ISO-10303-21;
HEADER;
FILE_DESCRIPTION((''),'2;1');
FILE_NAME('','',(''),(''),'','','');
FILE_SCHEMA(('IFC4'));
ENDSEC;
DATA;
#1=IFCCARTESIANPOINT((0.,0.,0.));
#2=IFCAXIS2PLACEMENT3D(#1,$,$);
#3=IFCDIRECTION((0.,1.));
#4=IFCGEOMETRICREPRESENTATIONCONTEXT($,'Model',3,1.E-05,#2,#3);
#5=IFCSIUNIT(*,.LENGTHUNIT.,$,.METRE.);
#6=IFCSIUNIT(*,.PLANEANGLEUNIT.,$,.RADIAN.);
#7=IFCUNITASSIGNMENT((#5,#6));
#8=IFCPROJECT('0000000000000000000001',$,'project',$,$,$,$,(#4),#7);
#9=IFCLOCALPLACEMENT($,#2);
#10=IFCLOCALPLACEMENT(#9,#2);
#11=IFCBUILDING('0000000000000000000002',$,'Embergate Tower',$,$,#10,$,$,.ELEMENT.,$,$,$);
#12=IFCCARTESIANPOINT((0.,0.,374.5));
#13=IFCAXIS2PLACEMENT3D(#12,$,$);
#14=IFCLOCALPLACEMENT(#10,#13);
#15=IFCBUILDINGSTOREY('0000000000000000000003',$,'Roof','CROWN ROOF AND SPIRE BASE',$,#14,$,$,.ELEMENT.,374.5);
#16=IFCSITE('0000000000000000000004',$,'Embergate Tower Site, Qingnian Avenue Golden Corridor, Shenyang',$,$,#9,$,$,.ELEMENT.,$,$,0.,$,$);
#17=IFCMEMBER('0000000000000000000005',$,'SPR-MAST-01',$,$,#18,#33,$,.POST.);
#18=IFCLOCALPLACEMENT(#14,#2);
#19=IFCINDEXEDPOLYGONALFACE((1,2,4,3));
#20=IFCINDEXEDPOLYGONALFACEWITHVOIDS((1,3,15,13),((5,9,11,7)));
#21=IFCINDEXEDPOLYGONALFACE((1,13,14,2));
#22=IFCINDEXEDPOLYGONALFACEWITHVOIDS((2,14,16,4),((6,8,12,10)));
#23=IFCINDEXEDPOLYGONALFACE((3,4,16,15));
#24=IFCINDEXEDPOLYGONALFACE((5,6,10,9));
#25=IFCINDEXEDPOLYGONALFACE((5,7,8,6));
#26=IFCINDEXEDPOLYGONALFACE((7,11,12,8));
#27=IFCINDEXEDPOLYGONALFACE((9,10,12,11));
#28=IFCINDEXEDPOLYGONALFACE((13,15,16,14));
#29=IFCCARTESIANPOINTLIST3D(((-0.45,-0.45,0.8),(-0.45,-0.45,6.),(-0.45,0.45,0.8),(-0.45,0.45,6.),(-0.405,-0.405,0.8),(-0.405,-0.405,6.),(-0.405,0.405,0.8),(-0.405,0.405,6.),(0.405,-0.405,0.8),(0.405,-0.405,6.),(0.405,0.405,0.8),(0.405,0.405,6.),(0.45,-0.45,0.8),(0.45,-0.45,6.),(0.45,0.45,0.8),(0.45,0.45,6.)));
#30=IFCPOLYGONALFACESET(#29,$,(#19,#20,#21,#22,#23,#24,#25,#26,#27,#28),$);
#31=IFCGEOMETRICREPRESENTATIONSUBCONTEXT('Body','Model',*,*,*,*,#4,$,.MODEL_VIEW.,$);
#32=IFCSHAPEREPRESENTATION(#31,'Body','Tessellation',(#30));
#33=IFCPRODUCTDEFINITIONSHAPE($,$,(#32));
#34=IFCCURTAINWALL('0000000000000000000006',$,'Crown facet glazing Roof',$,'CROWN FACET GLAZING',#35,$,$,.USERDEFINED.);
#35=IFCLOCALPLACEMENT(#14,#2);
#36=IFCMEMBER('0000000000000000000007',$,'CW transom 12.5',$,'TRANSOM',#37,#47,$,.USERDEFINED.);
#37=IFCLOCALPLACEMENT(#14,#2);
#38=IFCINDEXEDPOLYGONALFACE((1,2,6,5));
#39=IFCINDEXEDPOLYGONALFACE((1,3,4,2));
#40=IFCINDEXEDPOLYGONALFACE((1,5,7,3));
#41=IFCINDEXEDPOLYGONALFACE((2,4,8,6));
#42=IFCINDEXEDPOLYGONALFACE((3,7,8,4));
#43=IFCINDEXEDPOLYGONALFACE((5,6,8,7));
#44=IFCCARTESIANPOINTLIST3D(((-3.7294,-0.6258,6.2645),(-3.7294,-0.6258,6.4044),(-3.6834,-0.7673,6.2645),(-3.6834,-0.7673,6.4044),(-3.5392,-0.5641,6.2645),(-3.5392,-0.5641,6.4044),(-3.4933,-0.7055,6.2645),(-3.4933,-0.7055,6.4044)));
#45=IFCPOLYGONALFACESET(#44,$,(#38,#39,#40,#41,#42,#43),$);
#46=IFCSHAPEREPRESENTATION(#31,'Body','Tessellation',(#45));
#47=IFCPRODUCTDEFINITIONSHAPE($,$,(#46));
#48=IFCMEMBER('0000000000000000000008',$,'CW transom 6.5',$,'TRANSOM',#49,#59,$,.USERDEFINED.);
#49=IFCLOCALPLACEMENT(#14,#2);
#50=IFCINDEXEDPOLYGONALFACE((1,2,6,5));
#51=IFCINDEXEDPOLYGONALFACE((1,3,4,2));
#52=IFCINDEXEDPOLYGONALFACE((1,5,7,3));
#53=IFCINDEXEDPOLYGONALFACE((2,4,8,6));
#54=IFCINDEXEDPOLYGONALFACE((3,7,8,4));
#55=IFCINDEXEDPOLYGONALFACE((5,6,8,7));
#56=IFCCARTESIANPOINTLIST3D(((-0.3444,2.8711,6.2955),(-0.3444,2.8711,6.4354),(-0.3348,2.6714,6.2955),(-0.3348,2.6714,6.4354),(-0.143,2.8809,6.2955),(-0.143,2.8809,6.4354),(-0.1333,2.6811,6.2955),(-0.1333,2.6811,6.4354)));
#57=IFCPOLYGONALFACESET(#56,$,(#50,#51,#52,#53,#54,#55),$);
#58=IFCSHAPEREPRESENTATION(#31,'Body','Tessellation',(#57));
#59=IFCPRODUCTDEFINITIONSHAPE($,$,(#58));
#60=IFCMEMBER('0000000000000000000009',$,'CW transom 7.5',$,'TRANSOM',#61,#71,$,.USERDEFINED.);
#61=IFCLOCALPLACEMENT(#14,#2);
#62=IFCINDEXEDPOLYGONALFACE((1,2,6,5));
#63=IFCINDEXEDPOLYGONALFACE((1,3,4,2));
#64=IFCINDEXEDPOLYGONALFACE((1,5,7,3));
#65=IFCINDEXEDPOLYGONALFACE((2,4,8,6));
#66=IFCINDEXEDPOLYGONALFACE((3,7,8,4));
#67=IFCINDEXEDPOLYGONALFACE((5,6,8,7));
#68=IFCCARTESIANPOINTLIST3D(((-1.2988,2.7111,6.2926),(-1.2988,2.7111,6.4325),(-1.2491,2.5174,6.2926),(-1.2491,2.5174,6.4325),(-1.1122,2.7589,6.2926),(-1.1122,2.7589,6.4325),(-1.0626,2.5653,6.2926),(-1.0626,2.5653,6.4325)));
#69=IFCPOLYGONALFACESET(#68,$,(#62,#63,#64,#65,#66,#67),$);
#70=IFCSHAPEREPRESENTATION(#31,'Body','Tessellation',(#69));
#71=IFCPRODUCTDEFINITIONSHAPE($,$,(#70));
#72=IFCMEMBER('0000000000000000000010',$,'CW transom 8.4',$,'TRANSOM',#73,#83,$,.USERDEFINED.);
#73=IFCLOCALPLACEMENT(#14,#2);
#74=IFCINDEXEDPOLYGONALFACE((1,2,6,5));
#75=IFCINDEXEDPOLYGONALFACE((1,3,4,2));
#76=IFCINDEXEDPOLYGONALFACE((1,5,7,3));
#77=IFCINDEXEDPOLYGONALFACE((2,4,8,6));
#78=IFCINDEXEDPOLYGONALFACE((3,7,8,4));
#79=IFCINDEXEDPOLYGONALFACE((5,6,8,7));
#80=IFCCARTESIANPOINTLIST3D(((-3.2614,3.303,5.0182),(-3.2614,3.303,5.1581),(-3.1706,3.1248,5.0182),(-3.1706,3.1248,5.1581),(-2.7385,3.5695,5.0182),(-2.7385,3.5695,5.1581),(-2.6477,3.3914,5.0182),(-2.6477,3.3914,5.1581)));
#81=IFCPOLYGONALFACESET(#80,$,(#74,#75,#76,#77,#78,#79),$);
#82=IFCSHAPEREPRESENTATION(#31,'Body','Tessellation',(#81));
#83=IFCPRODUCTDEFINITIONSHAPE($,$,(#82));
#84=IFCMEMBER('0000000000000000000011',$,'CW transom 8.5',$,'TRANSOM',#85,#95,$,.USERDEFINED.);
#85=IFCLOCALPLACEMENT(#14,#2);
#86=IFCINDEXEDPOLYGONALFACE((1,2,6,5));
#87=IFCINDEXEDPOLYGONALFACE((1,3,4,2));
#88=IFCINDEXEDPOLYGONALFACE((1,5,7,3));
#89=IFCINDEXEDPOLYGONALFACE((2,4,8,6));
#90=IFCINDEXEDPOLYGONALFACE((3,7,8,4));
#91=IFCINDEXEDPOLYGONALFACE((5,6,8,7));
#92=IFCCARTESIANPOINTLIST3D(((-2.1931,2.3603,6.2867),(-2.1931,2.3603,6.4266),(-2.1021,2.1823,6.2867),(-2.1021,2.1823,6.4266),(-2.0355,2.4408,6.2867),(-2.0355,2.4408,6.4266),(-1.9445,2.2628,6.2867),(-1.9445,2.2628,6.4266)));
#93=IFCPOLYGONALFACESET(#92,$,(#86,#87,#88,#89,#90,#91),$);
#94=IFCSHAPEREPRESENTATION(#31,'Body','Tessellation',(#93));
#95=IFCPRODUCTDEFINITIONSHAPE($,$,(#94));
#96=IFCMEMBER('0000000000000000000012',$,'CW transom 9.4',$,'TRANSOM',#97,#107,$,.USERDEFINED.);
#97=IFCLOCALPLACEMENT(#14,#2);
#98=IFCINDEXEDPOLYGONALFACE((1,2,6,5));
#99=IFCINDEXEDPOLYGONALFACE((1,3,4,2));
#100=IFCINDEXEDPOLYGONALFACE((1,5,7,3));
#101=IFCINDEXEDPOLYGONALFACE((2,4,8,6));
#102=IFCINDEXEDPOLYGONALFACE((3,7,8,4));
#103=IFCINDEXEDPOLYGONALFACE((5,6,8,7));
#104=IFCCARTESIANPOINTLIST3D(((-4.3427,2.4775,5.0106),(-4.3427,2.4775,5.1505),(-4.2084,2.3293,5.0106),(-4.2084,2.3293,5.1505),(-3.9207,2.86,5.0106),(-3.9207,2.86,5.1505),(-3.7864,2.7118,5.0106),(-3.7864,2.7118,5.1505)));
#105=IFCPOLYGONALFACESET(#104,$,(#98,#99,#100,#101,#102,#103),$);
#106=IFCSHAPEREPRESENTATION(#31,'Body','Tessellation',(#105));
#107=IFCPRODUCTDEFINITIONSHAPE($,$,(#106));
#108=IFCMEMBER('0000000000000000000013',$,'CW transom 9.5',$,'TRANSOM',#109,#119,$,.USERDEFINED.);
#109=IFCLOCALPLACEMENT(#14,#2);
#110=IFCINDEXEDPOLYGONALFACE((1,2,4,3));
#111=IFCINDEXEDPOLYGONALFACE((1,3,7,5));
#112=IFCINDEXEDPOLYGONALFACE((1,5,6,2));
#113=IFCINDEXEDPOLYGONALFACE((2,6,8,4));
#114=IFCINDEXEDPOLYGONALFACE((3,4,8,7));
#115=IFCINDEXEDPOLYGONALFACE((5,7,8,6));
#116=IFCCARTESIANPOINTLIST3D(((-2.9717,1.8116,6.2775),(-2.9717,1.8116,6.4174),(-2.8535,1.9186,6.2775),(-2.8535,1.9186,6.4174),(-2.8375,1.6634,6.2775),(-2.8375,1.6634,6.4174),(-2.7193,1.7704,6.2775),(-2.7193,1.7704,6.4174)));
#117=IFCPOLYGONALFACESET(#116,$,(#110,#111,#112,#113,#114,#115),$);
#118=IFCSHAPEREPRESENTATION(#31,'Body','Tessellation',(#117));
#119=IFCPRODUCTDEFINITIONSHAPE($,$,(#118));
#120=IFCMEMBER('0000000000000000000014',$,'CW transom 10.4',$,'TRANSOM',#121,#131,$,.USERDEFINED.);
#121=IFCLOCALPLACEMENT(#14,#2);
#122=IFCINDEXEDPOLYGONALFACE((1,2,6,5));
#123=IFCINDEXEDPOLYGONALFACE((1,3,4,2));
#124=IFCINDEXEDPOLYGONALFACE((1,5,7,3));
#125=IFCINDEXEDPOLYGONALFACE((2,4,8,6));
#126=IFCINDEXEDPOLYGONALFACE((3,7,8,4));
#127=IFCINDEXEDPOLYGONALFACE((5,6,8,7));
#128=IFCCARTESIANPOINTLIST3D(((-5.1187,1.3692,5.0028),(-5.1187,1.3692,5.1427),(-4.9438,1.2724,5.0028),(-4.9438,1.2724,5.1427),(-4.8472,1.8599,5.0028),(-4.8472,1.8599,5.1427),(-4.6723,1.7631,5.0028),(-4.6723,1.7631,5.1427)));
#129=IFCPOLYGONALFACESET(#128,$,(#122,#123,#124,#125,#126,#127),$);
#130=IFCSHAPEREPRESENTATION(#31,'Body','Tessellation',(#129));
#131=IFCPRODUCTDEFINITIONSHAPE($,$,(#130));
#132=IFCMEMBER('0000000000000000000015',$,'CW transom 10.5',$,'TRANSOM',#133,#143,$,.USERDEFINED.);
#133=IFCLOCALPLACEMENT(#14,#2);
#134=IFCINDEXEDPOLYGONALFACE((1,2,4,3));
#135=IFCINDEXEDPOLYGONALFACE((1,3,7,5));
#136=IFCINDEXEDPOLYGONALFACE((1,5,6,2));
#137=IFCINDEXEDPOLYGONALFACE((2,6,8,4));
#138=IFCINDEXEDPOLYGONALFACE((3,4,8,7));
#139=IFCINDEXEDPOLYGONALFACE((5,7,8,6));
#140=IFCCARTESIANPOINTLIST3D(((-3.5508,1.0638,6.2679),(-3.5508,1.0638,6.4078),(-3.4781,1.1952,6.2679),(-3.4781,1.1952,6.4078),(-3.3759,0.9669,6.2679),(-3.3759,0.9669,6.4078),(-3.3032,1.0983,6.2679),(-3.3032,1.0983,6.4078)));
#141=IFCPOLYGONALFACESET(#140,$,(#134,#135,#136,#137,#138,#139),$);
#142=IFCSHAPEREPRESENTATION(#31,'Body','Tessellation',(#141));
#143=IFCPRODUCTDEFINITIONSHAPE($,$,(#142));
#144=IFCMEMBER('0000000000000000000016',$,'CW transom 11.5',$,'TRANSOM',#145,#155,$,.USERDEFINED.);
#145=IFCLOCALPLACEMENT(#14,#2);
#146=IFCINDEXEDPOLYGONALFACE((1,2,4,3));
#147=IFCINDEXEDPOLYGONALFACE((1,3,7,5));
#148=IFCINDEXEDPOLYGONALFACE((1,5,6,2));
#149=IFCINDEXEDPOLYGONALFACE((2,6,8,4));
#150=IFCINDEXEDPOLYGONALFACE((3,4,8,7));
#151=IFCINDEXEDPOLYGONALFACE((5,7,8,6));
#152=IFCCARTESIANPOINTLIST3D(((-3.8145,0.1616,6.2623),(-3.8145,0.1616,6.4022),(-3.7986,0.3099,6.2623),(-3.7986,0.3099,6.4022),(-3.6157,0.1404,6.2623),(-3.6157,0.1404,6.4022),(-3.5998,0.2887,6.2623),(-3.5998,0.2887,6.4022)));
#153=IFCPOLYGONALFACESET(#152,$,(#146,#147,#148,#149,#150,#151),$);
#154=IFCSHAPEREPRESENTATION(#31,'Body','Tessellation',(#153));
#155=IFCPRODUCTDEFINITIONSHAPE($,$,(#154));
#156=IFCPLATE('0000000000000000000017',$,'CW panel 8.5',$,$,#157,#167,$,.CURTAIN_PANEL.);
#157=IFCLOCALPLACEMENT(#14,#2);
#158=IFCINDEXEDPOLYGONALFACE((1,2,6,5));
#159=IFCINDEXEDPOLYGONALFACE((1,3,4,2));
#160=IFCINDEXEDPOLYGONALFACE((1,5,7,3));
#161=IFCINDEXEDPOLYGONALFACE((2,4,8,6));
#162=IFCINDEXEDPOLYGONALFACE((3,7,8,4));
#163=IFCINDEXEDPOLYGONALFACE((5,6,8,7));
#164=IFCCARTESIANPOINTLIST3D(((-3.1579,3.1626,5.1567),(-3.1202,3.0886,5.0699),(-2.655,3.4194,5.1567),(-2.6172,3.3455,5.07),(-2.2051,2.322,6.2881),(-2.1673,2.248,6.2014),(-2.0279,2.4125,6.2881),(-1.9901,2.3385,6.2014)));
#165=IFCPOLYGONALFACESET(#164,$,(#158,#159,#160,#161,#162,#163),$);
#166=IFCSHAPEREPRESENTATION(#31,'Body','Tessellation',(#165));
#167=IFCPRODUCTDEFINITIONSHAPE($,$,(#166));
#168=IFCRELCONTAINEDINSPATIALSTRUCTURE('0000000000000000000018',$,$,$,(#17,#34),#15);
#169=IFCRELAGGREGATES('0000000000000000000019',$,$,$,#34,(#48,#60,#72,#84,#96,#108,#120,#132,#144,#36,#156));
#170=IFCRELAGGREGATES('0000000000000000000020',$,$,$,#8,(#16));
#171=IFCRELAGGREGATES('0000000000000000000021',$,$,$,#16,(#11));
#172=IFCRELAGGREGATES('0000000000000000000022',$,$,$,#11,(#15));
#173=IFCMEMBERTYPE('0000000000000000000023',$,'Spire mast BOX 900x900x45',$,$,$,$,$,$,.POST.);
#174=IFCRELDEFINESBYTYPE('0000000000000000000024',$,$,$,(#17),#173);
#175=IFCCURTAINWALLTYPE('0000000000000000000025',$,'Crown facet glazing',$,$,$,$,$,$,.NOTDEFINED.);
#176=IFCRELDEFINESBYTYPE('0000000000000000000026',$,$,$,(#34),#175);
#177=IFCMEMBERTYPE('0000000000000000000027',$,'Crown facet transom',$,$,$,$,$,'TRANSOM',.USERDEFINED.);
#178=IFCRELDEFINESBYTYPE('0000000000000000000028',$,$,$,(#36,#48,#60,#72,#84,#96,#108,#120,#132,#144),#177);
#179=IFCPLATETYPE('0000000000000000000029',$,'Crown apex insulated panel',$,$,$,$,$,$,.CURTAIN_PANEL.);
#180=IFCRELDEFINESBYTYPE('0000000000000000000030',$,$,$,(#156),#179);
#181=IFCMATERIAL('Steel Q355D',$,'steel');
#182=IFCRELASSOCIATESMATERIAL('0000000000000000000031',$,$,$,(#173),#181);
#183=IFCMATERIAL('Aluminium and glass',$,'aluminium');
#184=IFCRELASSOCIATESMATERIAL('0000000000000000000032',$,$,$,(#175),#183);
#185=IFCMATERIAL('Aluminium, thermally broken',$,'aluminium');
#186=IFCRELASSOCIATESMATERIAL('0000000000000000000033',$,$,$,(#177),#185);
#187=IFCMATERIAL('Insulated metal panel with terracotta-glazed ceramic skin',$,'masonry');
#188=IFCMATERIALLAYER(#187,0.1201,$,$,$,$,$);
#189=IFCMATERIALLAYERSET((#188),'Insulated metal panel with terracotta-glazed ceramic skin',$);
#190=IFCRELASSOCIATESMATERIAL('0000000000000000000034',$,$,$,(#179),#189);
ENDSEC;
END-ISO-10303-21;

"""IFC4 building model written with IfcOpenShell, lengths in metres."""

from ifc_helpers import new_model, si_unit, direction, frame, origin, origin_2d, place, context, subcontext, project, spatial, polyline, rectangle, hollow_rectangle, outline, extrude, source, transform, mapped, material, layer, layer_set, material_profile, profile_set, type_object, element, aggregate, save


model = new_model("IFC4")

# Units and contexts
model_context = context("Model", 3, precision=1e-05, world=origin(), true_north=direction((0.0, 1.0)))
body_context = subcontext(model_context, "Body", "Model", "MODEL_VIEW")
ifc_project = project(units=[si_unit("LENGTHUNIT", "METRE"), si_unit("PLANEANGLEUNIT", "RADIAN")], contexts=[model_context])

# Site, building, storey
site_placement = place(None, origin())
site = spatial("IfcSite", under=ifc_project, at=site_placement, Name="Embergate Tower Site, Qingnian Avenue Golden Corridor, Shenyang", CompositionType="ELEMENT", RefElevation=0.0)
building_placement = place(site_placement, origin())
building = spatial("IfcBuilding", under=site, at=building_placement, Name="Embergate Tower", CompositionType="ELEMENT")
storey_placement = place(building_placement, frame((0.0, 0.0, 374.5)))
storey = spatial("IfcBuildingStorey", under=building, at=storey_placement, Name="Roof", Description="CROWN ROOF AND SPIRE BASE", CompositionType="ELEMENT", Elevation=374.5)

# Member
ifc_material_1 = material(Name="Steel Q355D", Category="steel")
ifc_material_profile_1 = material_profile(ifc_material_1, hollow_rectangle(XDim=0.8999, YDim=0.8999, WallThickness=0.0449, at=origin_2d()), Name="BOX 900x900x45")
ifc_profile_set_1 = profile_set([ifc_material_profile_1], Name="Steel Q355 grade D")
member_type_1 = type_object("IfcMemberType", Name="Spire mast BOX 900x900x45", PredefinedType="POST", material=ifc_profile_set_1)
shared_shape_1 = source(origin(), body_context, "Body", "SweptSolid", [
    extrude(hollow_rectangle(XDim=0.8999, YDim=0.8999, WallThickness=0.0449, at=origin_2d()), origin(), (0.0, 0.0, 1.0), 5.2),
])
member_1_placement = place(storey_placement, frame((0.0, 0.0, 0.8), z_axis=(0.0, 0.0, 1.0), x_axis=(1.0, 0.0, 0.0)))
element("IfcMember", 1, at=member_1_placement, inside=storey, type_object=member_type_1, Name="SPR-MAST-01", PredefinedType="POST", context=body_context, shape_type="MappedRepresentation", body=[
    mapped(shared_shape_1, transform((0.0, 0.0, 0.0))),
])

# Curtain wall, members, plate
ifc_material_2 = material(Name="Aluminium and glass", Category="aluminium")
curtain_wall_type = type_object("IfcCurtainWallType", Name="Crown facet glazing", PredefinedType="NOTDEFINED", material=ifc_material_2)
curtain_wall_placement = place(storey_placement, origin())
curtain_wall = element("IfcCurtainWall", 2, at=curtain_wall_placement, inside=storey, type_object=curtain_wall_type, Name="Crown facet glazing Roof", ObjectType="CROWN FACET GLAZING", PredefinedType="USERDEFINED")
ifc_material_3 = material(Name="Aluminium, thermally broken", Category="aluminium")
ifc_material_profile_2 = material_profile(ifc_material_3, rectangle(XDim=0.2, YDim=0.1399, at=origin_2d()), Name="AL 140x200")
ifc_profile_set_2 = profile_set([ifc_material_profile_2], Name="Aluminium, thermally broken")
member_type_2 = type_object("IfcMemberType", Name="Crown facet transom", ElementType="TRANSOM", PredefinedType="USERDEFINED", material=ifc_profile_set_2)
shared_shape_2 = source(origin(), body_context, "Body", "SweptSolid", [
    extrude(rectangle(XDim=0.2, YDim=0.1399, at=origin_2d()), origin(), (0.0, 0.0, 1.0), 0.1487),
])
member_2_placement = place(storey_placement, frame((-3.6343, -0.595, 6.3345), z_axis=(0.308826, -0.951119, 0.0), x_axis=(0.951119, 0.308826, 0.0)))
member_2 = element("IfcMember", 3, at=member_2_placement, type_object=member_type_2, Name="CW transom 12.5", ObjectType="TRANSOM", PredefinedType="USERDEFINED", context=body_context, shape_type="MappedRepresentation", body=[
    mapped(shared_shape_2, transform((0.0, 0.0, 0.0))),
])
shared_shape_3 = source(origin(), body_context, "Body", "SweptSolid", [
    extrude(rectangle(XDim=0.2, YDim=0.1399, at=origin_2d()), origin(), (0.0, 0.0, 1.0), 0.2017),
])
member_3_placement = place(storey_placement, frame((-0.1382, 2.781, 6.3655), z_axis=(-0.998827, -0.048428, 0.0), x_axis=(0.048428, -0.998827, 0.0)))
member_3 = element("IfcMember", 4, at=member_3_placement, type_object=member_type_2, Name="CW transom 6.5", ObjectType="TRANSOM", PredefinedType="USERDEFINED", context=body_context, shape_type="MappedRepresentation", body=[
    mapped(shared_shape_3, transform((0.0, 0.0, 0.0))),
])
shared_shape_4 = source(origin(), body_context, "Body", "SweptSolid", [
    extrude(rectangle(XDim=0.2, YDim=0.1399, at=origin_2d()), origin(), (0.0, 0.0, 1.0), 0.1926),
])
member_4_placement = place(storey_placement, frame((-1.0874, 2.6621, 6.3625), z_axis=(-0.968633, -0.248497, 0.0), x_axis=(0.248497, -0.968633, 0.0)))
member_4 = element("IfcMember", 5, at=member_4_placement, type_object=member_type_2, Name="CW transom 7.5", ObjectType="TRANSOM", PredefinedType="USERDEFINED", context=body_context, shape_type="MappedRepresentation", body=[
    mapped(shared_shape_4, transform((0.0, 0.0, 0.0))),
])
shared_shape_5 = source(origin(), body_context, "Body", "SweptSolid", [
    extrude(rectangle(XDim=0.2, YDim=0.1399, at=origin_2d()), origin(), (0.0, 0.0, 1.0), 0.5869),
])
member_5_placement = place(storey_placement, frame((-2.6931, 3.4805, 5.0881), z_axis=(-0.890906, -0.454187, 0.0), x_axis=(0.454187, -0.890906, 0.0)))
member_5 = element("IfcMember", 6, at=member_5_placement, type_object=member_type_2, Name="CW transom 8.4", ObjectType="TRANSOM", PredefinedType="USERDEFINED", context=body_context, shape_type="MappedRepresentation", body=[
    mapped(shared_shape_5, transform((0.0, 0.0, 0.0))),
])
shared_shape_6 = source(origin(), body_context, "Body", "SweptSolid", [
    extrude(rectangle(XDim=0.2, YDim=0.1399, at=origin_2d()), origin(), (0.0, 0.0, 1.0), 0.177),
])
member_6_placement = place(storey_placement, frame((-1.99, 2.3518, 6.3567), z_axis=(-0.890534, -0.454917, 0.0), x_axis=(0.454917, -0.890534, 0.0)))
member_6 = element("IfcMember", 7, at=member_6_placement, type_object=member_type_2, Name="CW transom 8.5", ObjectType="TRANSOM", PredefinedType="USERDEFINED", context=body_context, shape_type="MappedRepresentation", body=[
    mapped(shared_shape_6, transform((0.0, 0.0, 0.0))),
])
shared_shape_7 = source(origin(), body_context, "Body", "SweptSolid", [
    extrude(rectangle(XDim=0.2, YDim=0.1399, at=origin_2d()), origin(), (0.0, 0.0, 1.0), 0.5696),
])
member_7_placement = place(storey_placement, frame((-3.8535, 2.7859, 5.0806), z_axis=(-0.740967, -0.671541, 0.0), x_axis=(0.671541, -0.740967, 0.0)))
member_7 = element("IfcMember", 8, at=member_7_placement, type_object=member_type_2, Name="CW transom 9.4", ObjectType="TRANSOM", PredefinedType="USERDEFINED", context=body_context, shape_type="MappedRepresentation", body=[
    mapped(shared_shape_7, transform((0.0, 0.0, 0.0))),
])
shared_shape_8 = source(origin(), body_context, "Body", "SweptSolid", [
    extrude(rectangle(XDim=0.2, YDim=0.1399, at=origin_2d()), origin(), (0.0, 0.0, 1.0), 0.1594),
])
member_8_placement = place(storey_placement, frame((-2.7864, 1.8445, 6.3474), z_axis=(-0.741463, -0.670994, 0.0), x_axis=(0.670994, -0.741463, 0.0)))
member_8 = element("IfcMember", 9, at=member_8_placement, type_object=member_type_2, Name="CW transom 9.5", ObjectType="TRANSOM", PredefinedType="USERDEFINED", context=body_context, shape_type="MappedRepresentation", body=[
    mapped(shared_shape_8, transform((0.0, 0.0, 0.0))),
])
shared_shape_9 = source(origin(), body_context, "Body", "SweptSolid", [
    extrude(rectangle(XDim=0.2, YDim=0.1399, at=origin_2d()), origin(), (0.0, 0.0, 1.0), 0.5608),
])
member_9_placement = place(storey_placement, frame((-4.7598, 1.8115, 5.0728), z_axis=(-0.48409, -0.875018, 0.0), x_axis=(0.875018, -0.48409, 0.0)))
member_9 = element("IfcMember", 10, at=member_9_placement, type_object=member_type_2, Name="CW transom 10.4", ObjectType="TRANSOM", PredefinedType="USERDEFINED", context=body_context, shape_type="MappedRepresentation", body=[
    mapped(shared_shape_9, transform((0.0, 0.0, 0.0))),
])
shared_shape_10 = source(origin(), body_context, "Body", "SweptSolid", [
    extrude(rectangle(XDim=0.2, YDim=0.1399, at=origin_2d()), origin(), (0.0, 0.0, 1.0), 0.1501),
])
member_10_placement = place(storey_placement, frame((-3.3906, 1.1467, 6.3379), z_axis=(-0.484538, -0.87477, 0.0), x_axis=(0.87477, -0.484538, 0.0)))
member_10 = element("IfcMember", 11, at=member_10_placement, type_object=member_type_2, Name="CW transom 10.5", ObjectType="TRANSOM", PredefinedType="USERDEFINED", context=body_context, shape_type="MappedRepresentation", body=[
    mapped(shared_shape_10, transform((0.0, 0.0, 0.0))),
])
shared_shape_11 = source(origin(), body_context, "Body", "SweptSolid", [
    extrude(rectangle(XDim=0.2, YDim=0.1399, at=origin_2d()), origin(), (0.0, 0.0, 1.0), 0.1492),
])
member_11_placement = place(storey_placement, frame((-3.6992, 0.2993, 6.3323), z_axis=(-0.106302, -0.994334, 0.0), x_axis=(0.994334, -0.106302, 0.0)))
member_11 = element("IfcMember", 12, at=member_11_placement, type_object=member_type_2, Name="CW transom 11.5", ObjectType="TRANSOM", PredefinedType="USERDEFINED", context=body_context, shape_type="MappedRepresentation", body=[
    mapped(shared_shape_11, transform((0.0, 0.0, 0.0))),
])
ifc_material_4 = material(Name="Insulated metal panel with terracotta-glazed ceramic skin", Category="masonry")
ifc_layer = layer(ifc_material_4, 0.1201)
ifc_layer_set = layer_set([ifc_layer], Name="Insulated metal panel with terracotta-glazed ceramic skin")
plate_type = type_object("IfcPlateType", Name="Crown apex insulated panel", PredefinedType="CURTAIN_PANEL", material=ifc_layer_set)
shared_shape_12 = source(origin(), body_context, "Body", "SweptSolid", [
    extrude(outline(polyline([(0.0, 0.0), (0.5647, 0.0), (0.0984, 1.6362), (-0.1006, 1.6362), (0.0, 0.0)])), origin(), (0.0, 0.0, -1.0), 0.1201),
])
plate_1_placement = place(storey_placement, frame((-2.655, 3.4194, 5.1567), z_axis=(-0.314526, 0.61579, 0.72241), x_axis=(-0.890575, -0.454836, -0.000035)))
plate_1 = element("IfcPlate", 13, at=plate_1_placement, type_object=plate_type, Name="CW panel 8.5", PredefinedType="CURTAIN_PANEL", context=body_context, shape_type="MappedRepresentation", body=[
    mapped(shared_shape_12, transform((0.0, 0.0, 0.0))),
])
aggregate(curtain_wall, [member_3, member_4, member_5, member_6, member_7, member_8, member_9, member_10, member_11, member_2, plate_1])

save(model, "model.ifc")
